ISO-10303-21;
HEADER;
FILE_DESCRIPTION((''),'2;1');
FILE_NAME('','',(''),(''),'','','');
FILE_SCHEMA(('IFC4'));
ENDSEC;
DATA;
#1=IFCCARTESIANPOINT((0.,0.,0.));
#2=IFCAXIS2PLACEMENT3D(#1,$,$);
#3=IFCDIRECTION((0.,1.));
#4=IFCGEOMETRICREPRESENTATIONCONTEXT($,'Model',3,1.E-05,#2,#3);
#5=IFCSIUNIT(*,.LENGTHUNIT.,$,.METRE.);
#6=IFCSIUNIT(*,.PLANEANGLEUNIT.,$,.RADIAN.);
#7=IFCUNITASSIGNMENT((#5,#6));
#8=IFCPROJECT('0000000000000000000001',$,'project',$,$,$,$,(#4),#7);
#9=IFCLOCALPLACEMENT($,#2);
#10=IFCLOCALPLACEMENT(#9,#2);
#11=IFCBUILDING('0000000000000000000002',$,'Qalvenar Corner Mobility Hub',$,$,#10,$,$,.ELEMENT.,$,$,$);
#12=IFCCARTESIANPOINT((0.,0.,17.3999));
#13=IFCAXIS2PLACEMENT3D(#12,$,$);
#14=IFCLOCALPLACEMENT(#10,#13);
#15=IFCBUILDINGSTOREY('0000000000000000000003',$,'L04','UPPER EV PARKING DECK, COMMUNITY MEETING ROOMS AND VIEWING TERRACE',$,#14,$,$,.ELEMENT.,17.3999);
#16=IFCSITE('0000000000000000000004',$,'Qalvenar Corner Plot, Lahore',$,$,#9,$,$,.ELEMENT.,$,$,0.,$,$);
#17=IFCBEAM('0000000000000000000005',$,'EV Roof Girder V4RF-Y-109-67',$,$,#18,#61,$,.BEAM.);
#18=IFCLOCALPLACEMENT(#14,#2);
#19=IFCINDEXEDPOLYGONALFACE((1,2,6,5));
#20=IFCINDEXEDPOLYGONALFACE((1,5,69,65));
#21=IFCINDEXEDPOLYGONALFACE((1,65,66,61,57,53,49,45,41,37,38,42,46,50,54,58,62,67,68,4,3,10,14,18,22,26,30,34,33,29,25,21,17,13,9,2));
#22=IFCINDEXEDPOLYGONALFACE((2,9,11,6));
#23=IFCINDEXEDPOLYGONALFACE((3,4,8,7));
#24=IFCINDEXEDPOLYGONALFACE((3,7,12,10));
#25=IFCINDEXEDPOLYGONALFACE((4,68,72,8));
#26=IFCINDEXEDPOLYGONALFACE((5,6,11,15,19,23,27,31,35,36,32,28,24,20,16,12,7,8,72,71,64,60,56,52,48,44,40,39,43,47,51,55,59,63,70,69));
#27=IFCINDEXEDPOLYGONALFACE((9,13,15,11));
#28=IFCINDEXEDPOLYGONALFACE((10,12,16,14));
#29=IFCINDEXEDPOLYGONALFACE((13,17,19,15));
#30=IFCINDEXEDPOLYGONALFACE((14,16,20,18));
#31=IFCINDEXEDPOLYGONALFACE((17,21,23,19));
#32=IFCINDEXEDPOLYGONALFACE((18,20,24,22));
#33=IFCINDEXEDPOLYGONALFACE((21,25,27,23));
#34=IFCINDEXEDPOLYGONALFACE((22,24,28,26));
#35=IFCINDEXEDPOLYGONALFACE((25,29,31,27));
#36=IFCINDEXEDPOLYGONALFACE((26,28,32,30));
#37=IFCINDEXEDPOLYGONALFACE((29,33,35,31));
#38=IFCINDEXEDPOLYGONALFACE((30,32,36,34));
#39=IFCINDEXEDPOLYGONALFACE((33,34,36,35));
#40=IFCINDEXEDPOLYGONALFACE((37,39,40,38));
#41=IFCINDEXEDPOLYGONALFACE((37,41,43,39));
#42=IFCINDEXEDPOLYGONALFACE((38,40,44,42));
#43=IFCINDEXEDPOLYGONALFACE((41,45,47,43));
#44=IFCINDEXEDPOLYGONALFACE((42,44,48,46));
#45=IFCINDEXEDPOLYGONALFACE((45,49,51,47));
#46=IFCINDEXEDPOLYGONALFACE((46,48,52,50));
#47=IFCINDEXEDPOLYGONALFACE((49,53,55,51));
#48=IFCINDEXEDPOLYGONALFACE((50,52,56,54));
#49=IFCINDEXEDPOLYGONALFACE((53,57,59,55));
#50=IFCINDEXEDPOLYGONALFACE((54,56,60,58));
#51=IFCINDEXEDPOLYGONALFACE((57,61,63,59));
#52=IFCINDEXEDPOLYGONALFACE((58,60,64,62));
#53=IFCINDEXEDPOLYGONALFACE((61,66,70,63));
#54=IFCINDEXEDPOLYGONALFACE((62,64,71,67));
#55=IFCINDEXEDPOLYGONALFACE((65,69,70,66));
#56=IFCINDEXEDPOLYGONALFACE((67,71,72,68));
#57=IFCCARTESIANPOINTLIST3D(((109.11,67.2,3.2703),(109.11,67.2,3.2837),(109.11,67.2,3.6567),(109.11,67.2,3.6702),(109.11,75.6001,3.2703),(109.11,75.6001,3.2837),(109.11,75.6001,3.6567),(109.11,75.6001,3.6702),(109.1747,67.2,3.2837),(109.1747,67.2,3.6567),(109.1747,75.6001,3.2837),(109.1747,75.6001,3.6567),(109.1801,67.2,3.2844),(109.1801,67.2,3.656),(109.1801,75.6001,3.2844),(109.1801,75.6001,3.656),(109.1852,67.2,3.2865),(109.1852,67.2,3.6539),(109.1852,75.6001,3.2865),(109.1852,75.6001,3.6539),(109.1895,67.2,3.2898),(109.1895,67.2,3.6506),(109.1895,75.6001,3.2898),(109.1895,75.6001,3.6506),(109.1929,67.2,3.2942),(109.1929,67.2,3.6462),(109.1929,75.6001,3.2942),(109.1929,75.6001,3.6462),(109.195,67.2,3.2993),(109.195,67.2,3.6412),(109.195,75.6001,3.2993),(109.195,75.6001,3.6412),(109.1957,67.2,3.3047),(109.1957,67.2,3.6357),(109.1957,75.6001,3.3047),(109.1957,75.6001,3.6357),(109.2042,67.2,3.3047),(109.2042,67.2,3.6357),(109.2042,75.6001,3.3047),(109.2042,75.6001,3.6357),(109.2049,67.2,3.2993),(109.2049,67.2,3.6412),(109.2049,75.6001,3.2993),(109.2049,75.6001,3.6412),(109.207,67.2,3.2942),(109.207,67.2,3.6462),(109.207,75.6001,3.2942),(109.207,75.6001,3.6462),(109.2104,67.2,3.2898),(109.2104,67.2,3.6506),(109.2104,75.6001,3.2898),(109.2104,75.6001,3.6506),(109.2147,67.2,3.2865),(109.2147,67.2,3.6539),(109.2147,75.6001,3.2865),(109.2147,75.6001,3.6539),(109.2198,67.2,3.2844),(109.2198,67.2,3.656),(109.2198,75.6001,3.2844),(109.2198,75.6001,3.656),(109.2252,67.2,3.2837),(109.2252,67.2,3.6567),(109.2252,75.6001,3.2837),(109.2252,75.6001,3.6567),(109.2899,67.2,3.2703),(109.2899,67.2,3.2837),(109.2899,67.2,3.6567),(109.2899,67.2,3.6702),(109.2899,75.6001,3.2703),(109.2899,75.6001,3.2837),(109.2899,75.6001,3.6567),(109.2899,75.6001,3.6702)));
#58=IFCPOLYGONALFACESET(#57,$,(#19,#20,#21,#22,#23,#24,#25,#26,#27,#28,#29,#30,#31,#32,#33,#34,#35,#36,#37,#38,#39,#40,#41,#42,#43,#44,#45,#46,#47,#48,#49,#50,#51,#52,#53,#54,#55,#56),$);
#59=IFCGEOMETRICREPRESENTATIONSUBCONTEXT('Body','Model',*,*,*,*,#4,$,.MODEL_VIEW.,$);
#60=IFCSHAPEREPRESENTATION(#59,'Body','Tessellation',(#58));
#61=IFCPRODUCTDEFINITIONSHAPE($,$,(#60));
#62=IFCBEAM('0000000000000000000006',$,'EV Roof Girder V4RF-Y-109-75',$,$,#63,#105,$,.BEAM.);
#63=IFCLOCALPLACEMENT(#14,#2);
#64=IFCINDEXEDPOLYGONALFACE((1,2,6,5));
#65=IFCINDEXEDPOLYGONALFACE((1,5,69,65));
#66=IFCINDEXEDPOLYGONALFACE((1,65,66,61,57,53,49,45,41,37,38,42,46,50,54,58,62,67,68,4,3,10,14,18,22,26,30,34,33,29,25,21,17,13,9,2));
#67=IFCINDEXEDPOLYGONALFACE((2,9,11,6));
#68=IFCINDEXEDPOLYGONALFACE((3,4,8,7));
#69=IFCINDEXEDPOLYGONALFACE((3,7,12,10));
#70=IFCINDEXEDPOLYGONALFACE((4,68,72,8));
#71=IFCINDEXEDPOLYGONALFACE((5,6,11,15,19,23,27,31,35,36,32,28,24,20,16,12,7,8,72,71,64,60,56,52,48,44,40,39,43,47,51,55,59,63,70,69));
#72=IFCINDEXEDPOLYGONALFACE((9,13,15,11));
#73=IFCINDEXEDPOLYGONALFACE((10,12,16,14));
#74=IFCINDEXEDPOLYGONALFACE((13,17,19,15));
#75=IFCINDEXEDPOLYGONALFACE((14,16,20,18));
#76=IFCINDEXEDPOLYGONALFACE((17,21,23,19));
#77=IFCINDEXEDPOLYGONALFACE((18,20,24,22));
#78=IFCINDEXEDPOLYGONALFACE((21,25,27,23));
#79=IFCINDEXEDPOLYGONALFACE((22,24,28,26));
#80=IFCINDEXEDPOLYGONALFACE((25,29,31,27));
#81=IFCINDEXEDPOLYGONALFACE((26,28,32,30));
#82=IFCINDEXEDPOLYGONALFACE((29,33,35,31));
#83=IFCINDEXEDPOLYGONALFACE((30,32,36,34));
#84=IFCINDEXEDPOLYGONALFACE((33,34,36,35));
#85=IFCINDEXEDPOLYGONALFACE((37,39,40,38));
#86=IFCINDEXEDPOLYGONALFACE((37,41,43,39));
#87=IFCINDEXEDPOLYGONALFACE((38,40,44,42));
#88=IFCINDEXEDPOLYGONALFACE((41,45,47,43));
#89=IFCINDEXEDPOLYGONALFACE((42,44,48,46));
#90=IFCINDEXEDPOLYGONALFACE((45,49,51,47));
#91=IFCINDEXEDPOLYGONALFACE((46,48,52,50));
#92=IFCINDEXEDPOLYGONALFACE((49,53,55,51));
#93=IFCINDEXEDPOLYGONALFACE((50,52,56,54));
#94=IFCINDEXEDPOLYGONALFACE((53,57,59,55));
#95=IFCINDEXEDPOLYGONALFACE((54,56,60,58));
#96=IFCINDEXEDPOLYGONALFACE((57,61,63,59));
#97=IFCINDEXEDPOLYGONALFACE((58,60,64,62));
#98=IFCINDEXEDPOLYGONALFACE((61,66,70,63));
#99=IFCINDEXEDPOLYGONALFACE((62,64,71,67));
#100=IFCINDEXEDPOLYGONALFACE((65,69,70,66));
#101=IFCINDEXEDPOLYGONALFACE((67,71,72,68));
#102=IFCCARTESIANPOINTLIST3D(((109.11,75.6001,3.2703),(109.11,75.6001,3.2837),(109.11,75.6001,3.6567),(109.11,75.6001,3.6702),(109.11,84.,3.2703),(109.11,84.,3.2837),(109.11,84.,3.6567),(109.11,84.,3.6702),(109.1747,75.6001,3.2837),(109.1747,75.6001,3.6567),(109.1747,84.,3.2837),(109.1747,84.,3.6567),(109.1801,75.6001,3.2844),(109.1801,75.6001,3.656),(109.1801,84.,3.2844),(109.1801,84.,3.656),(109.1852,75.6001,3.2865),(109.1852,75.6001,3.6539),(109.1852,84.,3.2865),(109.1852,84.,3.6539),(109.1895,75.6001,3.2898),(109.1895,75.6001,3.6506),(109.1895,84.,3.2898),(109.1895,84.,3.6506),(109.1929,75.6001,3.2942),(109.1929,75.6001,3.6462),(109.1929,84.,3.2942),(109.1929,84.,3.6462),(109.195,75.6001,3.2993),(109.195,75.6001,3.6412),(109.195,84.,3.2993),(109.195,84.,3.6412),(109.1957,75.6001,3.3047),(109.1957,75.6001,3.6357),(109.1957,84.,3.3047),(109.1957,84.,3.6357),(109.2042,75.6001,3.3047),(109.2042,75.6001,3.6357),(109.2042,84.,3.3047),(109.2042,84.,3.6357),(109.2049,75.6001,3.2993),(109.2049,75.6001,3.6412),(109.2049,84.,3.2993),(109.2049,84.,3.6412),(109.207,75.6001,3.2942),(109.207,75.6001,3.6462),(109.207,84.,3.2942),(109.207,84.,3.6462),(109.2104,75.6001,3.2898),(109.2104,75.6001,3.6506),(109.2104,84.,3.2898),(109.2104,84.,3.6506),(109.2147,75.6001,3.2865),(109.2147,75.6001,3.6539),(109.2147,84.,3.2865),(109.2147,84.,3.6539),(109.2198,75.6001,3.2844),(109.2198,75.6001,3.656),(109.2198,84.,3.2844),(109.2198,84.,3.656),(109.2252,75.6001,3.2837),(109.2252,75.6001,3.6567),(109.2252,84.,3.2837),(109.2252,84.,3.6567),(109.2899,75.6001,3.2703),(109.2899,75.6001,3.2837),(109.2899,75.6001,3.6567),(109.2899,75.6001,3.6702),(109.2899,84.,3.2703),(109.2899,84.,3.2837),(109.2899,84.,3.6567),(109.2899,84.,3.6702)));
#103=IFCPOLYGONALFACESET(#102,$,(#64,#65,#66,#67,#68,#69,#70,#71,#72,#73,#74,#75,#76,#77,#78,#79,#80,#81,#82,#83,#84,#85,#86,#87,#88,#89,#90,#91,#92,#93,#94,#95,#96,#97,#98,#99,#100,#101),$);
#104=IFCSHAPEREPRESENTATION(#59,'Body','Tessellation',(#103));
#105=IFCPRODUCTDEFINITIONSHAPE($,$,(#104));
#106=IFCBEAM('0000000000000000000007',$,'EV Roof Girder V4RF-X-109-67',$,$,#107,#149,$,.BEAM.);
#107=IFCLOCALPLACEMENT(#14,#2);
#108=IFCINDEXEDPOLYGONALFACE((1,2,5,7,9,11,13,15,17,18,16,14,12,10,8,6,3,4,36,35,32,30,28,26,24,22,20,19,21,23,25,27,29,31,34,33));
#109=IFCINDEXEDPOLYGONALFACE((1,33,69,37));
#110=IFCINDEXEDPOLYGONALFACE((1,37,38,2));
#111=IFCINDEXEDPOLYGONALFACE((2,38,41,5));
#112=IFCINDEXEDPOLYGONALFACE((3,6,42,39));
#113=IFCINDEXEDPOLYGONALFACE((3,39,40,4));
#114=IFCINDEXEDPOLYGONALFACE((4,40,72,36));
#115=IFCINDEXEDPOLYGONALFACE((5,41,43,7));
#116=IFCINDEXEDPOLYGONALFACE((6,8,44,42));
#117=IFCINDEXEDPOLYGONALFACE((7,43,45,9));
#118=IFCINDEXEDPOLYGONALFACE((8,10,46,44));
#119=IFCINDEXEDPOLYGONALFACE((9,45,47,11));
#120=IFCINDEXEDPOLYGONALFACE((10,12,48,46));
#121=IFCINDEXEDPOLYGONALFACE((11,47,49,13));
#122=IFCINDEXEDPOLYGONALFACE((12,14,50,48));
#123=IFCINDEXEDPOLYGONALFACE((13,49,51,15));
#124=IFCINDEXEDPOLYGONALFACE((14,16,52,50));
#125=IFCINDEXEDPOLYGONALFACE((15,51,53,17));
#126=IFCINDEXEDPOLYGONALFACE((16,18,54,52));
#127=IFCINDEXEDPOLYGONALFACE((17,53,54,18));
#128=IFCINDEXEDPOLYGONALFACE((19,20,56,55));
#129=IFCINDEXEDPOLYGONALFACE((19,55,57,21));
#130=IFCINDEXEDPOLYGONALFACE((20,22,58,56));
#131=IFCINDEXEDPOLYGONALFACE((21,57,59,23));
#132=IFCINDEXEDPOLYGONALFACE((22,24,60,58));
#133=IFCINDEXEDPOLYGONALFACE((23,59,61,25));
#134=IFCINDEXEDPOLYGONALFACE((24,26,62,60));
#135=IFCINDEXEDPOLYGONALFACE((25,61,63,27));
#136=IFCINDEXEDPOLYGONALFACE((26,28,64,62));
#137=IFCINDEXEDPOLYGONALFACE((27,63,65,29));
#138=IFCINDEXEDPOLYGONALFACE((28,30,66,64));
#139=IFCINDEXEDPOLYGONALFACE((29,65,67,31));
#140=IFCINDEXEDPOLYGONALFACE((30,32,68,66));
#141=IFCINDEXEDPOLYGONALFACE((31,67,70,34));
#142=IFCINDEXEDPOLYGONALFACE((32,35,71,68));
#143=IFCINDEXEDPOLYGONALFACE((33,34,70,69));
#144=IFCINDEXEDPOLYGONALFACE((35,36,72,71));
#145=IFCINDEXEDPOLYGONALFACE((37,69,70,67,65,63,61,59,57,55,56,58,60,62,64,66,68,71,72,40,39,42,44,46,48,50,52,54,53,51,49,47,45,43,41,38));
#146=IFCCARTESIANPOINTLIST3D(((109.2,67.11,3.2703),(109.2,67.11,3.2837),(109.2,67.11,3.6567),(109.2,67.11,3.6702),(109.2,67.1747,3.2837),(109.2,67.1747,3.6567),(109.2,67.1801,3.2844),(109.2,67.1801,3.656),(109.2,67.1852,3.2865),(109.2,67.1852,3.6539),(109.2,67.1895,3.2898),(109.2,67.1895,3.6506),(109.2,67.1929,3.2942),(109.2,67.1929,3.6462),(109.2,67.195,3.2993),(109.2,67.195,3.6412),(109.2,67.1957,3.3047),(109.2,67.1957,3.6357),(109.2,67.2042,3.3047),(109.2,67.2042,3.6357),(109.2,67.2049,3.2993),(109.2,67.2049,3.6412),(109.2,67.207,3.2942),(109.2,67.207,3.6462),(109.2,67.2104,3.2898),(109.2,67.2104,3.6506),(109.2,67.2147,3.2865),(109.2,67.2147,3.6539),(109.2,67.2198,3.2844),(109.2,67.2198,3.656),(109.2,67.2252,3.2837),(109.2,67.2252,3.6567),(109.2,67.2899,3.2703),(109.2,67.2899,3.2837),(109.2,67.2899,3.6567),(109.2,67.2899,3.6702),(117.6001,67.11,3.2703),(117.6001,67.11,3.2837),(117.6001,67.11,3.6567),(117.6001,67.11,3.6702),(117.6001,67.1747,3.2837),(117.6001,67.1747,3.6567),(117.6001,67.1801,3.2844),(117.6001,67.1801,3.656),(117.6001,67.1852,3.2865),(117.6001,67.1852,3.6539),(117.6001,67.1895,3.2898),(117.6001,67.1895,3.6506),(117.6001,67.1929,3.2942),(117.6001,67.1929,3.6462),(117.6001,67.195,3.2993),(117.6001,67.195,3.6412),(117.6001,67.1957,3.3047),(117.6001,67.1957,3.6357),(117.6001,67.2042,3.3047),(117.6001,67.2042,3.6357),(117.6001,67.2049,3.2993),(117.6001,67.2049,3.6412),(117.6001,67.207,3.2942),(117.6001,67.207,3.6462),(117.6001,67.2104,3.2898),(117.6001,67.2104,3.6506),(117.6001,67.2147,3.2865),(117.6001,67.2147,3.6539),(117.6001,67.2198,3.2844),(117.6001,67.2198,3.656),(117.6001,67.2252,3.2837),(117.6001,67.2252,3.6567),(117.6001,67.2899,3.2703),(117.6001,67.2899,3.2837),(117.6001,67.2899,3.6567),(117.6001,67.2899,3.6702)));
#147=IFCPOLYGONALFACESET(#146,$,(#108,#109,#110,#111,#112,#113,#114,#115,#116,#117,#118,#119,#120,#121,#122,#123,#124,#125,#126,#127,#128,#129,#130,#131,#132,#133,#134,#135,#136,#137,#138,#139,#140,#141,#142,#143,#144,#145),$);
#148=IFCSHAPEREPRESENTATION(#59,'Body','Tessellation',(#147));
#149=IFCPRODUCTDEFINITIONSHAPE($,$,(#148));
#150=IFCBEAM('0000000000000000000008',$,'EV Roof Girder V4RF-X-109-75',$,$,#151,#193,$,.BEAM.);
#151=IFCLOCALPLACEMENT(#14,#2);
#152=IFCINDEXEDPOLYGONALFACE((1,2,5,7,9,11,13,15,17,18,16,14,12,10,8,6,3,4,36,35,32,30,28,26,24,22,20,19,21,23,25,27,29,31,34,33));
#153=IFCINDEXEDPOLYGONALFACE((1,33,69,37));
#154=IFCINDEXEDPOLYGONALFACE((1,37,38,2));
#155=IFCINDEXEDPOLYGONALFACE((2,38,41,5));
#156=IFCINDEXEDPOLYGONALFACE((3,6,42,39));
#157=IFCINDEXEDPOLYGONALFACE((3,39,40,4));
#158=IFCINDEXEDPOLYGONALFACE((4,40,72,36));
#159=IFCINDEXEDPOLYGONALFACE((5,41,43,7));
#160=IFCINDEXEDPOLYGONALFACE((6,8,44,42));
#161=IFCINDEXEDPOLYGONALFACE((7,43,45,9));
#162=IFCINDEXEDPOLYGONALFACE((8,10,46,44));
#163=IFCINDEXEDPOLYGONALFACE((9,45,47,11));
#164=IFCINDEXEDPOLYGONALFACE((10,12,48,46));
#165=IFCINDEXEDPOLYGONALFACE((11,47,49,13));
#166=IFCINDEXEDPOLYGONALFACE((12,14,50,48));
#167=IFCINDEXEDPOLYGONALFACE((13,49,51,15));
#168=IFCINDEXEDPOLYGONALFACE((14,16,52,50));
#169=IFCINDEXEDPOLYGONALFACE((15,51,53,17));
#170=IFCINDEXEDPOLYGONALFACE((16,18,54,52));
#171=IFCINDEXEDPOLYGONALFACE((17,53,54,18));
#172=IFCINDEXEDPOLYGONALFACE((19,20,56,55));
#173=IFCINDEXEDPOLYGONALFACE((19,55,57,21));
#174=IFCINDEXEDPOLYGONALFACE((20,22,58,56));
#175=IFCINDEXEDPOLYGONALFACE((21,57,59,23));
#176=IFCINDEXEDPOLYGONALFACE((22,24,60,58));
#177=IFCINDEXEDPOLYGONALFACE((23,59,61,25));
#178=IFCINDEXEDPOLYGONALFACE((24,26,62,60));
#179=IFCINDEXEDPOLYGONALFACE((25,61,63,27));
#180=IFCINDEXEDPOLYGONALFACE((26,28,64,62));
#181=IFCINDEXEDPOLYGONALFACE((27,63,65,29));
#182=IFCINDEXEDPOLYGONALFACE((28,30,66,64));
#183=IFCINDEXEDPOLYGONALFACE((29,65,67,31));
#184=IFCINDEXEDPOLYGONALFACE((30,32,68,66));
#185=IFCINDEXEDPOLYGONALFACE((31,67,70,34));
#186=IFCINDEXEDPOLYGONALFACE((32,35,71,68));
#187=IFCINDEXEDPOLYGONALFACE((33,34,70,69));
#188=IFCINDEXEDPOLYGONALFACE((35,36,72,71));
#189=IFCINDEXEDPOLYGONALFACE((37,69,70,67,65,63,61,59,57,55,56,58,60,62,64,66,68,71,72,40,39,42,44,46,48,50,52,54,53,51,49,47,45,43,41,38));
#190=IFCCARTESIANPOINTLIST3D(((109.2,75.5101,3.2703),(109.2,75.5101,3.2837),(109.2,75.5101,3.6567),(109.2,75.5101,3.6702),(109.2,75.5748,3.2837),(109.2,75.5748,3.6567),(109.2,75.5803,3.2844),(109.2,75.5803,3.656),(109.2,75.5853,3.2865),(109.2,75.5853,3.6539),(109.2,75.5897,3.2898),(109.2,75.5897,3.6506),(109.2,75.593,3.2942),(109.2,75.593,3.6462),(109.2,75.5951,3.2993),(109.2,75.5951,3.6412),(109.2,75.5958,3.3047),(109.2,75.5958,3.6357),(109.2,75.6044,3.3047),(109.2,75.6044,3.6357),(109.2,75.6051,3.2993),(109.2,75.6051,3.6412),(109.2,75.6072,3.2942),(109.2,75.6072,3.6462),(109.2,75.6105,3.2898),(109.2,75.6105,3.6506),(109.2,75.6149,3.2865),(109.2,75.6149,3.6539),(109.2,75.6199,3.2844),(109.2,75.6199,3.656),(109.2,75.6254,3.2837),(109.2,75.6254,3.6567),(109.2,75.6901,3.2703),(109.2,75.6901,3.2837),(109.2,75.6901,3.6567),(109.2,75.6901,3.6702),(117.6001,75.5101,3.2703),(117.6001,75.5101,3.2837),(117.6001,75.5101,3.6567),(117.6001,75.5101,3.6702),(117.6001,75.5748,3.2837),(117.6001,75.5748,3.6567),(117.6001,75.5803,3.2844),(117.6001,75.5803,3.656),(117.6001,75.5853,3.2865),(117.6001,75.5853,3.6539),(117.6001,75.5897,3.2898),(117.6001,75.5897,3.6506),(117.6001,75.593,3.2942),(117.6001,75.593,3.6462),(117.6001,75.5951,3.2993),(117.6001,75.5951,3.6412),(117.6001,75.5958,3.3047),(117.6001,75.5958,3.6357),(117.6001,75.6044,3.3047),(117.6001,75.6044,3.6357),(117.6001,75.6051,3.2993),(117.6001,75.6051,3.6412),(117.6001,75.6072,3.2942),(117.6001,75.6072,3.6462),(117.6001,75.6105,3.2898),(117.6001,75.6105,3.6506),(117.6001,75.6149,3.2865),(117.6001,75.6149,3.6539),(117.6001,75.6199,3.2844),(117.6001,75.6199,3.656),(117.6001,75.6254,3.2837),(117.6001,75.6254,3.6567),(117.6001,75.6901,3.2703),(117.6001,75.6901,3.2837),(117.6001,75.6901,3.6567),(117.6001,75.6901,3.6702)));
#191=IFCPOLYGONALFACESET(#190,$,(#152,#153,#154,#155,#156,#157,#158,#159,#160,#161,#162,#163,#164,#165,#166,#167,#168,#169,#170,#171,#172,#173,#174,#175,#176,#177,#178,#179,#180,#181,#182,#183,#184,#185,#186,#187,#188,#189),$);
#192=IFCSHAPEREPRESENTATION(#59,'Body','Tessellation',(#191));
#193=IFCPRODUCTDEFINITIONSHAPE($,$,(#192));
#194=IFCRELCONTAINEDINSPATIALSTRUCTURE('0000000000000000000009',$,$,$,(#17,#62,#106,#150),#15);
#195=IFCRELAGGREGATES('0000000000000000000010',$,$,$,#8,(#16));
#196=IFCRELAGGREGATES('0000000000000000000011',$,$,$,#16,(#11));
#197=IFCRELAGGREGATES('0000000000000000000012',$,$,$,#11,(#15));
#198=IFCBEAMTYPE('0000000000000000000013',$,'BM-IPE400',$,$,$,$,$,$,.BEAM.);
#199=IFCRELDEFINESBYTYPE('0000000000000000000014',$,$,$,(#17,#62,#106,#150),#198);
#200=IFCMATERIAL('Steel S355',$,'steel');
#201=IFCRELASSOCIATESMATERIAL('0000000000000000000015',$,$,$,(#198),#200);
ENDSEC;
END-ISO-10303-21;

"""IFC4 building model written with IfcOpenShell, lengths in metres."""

from ifc_helpers import new_model, si_unit, direction, frame, origin, origin_2d, place, context, subcontext, project, spatial, i_section, extrude, material, material_profile, profile_set, type_object, element, save


model = new_model("IFC4")

# Units and contexts
model_context = context("Model", 3, precision=1e-05, world=origin(), true_north=direction((0.0, 1.0)))
body_context = subcontext(model_context, "Body", "Model", "MODEL_VIEW")
ifc_project = project(units=[si_unit("LENGTHUNIT", "METRE"), si_unit("PLANEANGLEUNIT", "RADIAN")], contexts=[model_context])

# Site, building, storey
site_placement = place(None, origin())
site = spatial("IfcSite", under=ifc_project, at=site_placement, Name="Qalvenar Corner Plot, Lahore", CompositionType="ELEMENT", RefElevation=0.0)
building_placement = place(site_placement, origin())
building = spatial("IfcBuilding", under=site, at=building_placement, Name="Qalvenar Corner Mobility Hub", CompositionType="ELEMENT")
storey_placement = place(building_placement, frame((0.0, 0.0, 17.3999)))
storey = spatial("IfcBuildingStorey", under=building, at=storey_placement, Name="L04", Description="UPPER EV PARKING DECK, COMMUNITY MEETING ROOMS AND VIEWING TERRACE", CompositionType="ELEMENT", Elevation=17.3999)

# Shared definitions
ifc_material = material(Name="Steel S355", Category="steel")

# Beams
ifc_material_profile_1 = material_profile(ifc_material, i_section(OverallWidth=0.1799, OverallDepth=0.3999, WebThickness=0.0085, FlangeThickness=0.0134, FilletRadius=0.021, at=origin_2d()), Name="IPE400")
ifc_profile_set_1 = profile_set([ifc_material_profile_1], Name="Steel S355")
beam_type_1 = type_object("IfcBeamType", Name="BM-IPE400", PredefinedType="BEAM", material=ifc_profile_set_1)
beam_1_placement = place(storey_placement, frame((109.2, 67.2, 3.4702), z_axis=(0.0, 1.0, 0.0), x_axis=(-1.0, 0.0, 0.0)))
element("IfcBeam", 1, at=beam_1_placement, inside=storey, type_object=beam_type_1, Name="EV Roof Girder V4RF-Y-109-67", PredefinedType="BEAM", context=body_context, shape_type="SweptSolid", body=[
    extrude(i_section(OverallWidth=0.1799, OverallDepth=0.3999, WebThickness=0.0085, FlangeThickness=0.0134, FilletRadius=0.021, at=origin_2d()), origin(), (0.0, 0.0, 1.0), 8.4001),
])
beam_2_placement = place(storey_placement, frame((109.2, 75.6001, 3.4702), z_axis=(0.0, 1.0, 0.0), x_axis=(-1.0, 0.0, 0.0)))
element("IfcBeam", 2, at=beam_2_placement, inside=storey, type_object=beam_type_1, Name="EV Roof Girder V4RF-Y-109-75", PredefinedType="BEAM", context=body_context, shape_type="SweptSolid", body=[
    extrude(i_section(OverallWidth=0.1799, OverallDepth=0.3999, WebThickness=0.0085, FlangeThickness=0.0134, FilletRadius=0.021, at=origin_2d()), origin(), (0.0, 0.0, 1.0), 8.3999),
])
for number, where, z_axis, x_axis, name in (
    (3, (109.2, 67.2, 3.4702), (1.0, 0.0, 0.0), (0.0, 1.0, 0.0), "EV Roof Girder V4RF-X-109-67"),
    (4, (109.2, 75.6001, 3.4702), (1.0, 0.0, 0.0), (0.0, 1.0, 0.0), "EV Roof Girder V4RF-X-109-75"),
):
    element("IfcBeam", number, at=place(storey_placement, frame(where, z_axis=z_axis, x_axis=x_axis)), inside=storey, type_object=beam_type_1, Name=name, PredefinedType="BEAM", context=body_context, shape_type="SweptSolid", body=[
        extrude(i_section(OverallWidth=0.1799, OverallDepth=0.3999, WebThickness=0.0085, FlangeThickness=0.0134, FilletRadius=0.021, at=origin_2d()), origin(), (0.0, 0.0, 1.0), 8.4001),
    ])

save(model, "model.ifc")
